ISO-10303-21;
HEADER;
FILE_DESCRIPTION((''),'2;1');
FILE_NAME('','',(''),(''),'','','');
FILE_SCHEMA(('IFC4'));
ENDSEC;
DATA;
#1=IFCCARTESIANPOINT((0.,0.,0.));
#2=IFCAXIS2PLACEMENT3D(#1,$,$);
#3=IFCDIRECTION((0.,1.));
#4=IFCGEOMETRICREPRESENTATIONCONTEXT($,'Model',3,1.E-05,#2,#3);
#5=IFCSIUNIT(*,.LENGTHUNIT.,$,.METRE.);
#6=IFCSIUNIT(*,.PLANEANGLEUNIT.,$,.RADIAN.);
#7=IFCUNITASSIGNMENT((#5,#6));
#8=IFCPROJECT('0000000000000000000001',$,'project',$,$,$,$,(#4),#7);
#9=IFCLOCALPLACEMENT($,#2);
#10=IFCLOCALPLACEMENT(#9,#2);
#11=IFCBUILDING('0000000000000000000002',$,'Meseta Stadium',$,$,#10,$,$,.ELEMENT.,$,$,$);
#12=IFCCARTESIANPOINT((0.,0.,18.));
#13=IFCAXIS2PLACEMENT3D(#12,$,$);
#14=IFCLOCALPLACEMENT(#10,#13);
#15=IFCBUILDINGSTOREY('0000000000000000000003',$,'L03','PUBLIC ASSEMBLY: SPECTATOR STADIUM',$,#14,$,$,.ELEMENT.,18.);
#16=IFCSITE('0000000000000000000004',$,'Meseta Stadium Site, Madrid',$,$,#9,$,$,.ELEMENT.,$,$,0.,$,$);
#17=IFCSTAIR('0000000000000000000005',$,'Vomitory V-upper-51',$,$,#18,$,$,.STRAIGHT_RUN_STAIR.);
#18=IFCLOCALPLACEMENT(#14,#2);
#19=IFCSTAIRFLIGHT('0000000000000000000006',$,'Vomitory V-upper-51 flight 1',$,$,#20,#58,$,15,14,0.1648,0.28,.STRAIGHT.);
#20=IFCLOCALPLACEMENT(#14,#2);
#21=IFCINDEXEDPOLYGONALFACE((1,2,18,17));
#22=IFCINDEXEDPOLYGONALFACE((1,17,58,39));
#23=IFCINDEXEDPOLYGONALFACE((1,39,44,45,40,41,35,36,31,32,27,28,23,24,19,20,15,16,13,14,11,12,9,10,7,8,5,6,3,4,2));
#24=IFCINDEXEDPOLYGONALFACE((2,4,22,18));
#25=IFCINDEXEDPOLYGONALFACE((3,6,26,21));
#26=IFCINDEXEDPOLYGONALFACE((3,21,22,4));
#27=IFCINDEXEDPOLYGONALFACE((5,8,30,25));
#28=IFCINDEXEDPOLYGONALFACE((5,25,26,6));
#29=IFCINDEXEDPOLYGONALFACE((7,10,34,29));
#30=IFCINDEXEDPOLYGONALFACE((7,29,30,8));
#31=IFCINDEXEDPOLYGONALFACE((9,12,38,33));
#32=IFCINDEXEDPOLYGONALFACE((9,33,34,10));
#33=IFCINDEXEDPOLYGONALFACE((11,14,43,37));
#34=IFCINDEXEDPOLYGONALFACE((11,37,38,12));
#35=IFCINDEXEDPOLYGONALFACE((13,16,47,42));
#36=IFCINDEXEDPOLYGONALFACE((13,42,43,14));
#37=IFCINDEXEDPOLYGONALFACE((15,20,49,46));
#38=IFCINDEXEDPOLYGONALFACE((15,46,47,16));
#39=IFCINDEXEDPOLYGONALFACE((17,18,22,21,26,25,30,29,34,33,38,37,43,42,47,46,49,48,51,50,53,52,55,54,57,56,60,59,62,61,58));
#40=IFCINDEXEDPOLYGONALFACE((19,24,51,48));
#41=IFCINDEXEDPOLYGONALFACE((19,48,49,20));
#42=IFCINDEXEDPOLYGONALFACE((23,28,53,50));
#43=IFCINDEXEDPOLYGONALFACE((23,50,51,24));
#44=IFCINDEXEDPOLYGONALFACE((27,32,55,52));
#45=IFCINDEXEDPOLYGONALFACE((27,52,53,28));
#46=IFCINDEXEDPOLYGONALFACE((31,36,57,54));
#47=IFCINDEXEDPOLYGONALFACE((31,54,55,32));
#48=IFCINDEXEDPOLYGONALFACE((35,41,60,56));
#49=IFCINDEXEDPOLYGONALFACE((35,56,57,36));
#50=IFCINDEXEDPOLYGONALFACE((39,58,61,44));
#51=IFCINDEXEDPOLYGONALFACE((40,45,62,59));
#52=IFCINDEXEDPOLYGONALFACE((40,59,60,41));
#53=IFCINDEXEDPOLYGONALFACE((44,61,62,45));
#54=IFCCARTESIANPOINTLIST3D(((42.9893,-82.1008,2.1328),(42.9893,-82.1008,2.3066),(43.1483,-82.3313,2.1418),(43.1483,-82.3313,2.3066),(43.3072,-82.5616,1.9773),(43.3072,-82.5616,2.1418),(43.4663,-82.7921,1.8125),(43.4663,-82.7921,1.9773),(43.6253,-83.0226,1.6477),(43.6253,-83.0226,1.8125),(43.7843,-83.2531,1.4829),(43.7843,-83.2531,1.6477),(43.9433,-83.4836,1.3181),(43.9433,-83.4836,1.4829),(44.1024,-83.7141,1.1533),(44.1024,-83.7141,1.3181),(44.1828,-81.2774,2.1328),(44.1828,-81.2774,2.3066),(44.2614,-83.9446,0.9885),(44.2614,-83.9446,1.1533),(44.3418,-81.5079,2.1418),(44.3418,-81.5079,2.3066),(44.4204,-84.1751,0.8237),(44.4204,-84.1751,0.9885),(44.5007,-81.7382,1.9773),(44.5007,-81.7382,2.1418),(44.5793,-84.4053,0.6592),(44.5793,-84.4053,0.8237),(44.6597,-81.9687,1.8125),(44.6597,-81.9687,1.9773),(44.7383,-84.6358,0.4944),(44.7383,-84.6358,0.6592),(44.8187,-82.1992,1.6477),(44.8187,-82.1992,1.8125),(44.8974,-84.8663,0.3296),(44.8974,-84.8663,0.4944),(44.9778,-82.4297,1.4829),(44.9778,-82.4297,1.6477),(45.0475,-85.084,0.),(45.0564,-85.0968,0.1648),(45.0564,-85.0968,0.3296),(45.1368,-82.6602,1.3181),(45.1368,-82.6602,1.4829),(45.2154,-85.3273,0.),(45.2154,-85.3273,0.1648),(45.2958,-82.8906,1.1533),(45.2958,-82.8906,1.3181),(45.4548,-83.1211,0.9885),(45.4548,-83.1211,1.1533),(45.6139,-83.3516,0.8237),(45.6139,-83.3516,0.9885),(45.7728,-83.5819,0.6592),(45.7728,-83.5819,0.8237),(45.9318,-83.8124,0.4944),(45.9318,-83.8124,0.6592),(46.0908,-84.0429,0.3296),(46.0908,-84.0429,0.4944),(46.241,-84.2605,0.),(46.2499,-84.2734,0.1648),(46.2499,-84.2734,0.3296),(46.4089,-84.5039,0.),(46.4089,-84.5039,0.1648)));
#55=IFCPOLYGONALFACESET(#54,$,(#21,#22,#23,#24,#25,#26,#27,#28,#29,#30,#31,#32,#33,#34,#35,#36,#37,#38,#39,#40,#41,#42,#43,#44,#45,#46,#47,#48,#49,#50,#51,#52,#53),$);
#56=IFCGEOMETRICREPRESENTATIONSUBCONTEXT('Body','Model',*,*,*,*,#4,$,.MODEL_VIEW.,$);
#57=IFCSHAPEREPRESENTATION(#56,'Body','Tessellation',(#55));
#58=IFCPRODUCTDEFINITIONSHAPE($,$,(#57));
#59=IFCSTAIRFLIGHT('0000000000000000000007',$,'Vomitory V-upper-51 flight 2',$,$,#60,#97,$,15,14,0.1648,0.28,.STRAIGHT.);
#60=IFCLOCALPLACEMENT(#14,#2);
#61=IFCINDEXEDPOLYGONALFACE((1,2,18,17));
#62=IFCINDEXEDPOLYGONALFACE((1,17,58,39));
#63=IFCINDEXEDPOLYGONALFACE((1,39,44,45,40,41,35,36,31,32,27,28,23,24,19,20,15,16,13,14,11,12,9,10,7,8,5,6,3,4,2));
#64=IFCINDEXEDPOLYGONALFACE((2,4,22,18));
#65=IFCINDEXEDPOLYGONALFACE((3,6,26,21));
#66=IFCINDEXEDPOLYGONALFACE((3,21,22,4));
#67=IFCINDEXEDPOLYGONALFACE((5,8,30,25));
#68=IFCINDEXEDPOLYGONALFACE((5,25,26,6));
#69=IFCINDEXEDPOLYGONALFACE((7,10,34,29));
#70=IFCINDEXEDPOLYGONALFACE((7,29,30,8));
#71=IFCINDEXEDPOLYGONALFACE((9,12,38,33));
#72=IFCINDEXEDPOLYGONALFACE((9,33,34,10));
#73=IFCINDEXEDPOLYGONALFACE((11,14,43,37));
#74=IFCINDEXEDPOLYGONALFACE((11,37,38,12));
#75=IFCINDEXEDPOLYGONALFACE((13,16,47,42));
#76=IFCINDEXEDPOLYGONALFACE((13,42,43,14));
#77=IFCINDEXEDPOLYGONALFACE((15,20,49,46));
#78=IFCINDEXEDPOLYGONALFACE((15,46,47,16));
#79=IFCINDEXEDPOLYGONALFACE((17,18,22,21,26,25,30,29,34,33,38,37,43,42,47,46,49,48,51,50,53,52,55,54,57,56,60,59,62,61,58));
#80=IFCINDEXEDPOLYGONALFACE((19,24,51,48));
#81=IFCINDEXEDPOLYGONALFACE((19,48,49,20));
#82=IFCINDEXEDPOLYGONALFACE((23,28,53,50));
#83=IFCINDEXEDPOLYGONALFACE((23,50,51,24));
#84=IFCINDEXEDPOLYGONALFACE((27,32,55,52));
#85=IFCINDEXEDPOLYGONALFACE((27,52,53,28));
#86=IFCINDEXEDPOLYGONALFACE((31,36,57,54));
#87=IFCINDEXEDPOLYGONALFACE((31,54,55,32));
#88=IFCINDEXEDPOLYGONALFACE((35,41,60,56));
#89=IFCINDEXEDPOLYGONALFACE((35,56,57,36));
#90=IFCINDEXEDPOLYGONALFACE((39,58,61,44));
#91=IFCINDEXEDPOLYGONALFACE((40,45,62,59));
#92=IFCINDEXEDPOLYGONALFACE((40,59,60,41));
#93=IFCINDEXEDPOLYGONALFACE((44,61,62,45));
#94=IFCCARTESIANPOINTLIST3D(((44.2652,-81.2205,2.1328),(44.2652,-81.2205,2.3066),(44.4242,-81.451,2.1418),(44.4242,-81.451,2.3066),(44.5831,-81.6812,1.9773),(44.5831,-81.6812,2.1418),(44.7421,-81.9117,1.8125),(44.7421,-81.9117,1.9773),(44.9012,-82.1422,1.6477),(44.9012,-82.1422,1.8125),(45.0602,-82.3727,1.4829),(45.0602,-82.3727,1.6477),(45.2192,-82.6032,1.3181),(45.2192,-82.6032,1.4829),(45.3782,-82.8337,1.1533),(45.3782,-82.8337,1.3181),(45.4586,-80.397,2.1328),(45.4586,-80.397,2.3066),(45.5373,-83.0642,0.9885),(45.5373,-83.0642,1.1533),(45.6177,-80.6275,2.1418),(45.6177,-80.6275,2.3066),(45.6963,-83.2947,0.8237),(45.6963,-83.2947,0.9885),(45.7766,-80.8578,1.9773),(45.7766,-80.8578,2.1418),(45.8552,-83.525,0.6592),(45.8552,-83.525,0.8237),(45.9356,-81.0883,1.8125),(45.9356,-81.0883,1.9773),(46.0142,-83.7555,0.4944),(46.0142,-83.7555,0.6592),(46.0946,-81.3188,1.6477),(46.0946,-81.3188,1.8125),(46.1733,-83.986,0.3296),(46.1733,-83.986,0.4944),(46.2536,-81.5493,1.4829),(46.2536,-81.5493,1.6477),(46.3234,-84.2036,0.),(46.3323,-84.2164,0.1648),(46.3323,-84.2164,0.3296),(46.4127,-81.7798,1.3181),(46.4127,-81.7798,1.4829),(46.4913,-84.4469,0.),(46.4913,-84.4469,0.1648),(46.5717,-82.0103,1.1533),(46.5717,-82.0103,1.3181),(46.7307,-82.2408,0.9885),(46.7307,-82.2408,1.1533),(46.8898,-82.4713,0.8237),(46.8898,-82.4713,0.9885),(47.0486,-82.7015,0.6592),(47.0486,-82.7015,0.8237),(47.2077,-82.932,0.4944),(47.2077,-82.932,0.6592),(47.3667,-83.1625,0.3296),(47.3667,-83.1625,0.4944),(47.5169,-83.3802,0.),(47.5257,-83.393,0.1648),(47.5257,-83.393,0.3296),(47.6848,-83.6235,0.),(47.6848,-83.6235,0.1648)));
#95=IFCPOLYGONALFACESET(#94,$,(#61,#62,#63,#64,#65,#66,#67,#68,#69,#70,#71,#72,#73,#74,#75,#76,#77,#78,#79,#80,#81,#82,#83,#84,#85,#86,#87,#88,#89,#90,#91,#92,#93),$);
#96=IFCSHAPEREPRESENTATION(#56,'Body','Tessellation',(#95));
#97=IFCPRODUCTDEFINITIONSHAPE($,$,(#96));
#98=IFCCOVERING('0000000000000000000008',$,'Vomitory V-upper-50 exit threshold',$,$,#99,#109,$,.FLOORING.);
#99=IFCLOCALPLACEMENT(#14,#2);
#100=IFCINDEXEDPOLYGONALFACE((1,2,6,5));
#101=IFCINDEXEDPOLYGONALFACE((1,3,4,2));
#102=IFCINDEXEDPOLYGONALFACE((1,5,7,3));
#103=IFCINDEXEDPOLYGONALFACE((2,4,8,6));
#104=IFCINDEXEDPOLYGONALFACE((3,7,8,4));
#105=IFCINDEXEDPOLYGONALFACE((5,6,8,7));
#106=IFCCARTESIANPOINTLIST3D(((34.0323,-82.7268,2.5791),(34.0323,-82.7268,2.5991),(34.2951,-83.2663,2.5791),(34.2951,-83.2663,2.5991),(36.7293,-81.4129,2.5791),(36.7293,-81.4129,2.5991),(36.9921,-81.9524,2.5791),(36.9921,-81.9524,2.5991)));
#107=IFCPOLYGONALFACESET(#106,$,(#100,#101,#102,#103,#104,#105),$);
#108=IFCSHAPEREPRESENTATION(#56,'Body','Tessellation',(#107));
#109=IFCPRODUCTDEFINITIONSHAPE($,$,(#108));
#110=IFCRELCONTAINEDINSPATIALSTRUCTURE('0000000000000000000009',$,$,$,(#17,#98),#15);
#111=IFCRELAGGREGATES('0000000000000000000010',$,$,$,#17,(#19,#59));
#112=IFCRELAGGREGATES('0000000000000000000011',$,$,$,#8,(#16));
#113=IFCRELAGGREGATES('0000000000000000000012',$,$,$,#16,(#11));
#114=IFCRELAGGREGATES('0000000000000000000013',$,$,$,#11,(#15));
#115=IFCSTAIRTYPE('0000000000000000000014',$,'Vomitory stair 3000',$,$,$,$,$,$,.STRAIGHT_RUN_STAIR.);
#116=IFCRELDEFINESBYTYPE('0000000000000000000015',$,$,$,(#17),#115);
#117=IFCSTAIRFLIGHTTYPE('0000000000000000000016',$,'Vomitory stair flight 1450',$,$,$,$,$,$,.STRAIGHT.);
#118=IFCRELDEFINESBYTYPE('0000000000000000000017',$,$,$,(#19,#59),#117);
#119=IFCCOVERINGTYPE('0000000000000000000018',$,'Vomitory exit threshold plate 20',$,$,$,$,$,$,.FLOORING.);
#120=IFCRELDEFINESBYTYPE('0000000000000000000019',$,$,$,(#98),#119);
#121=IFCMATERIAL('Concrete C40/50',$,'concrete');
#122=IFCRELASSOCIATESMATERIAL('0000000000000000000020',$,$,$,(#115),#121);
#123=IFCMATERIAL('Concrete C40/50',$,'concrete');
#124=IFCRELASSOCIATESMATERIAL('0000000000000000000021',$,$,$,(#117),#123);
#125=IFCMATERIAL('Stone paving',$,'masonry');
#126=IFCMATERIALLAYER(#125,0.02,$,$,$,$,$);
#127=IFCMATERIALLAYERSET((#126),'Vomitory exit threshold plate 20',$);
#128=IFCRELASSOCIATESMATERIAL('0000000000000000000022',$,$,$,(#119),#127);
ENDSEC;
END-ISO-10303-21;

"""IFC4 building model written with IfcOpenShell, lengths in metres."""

from ifc_helpers import new_model, si_unit, direction, frame, origin, origin_2d, place, context, subcontext, project, spatial, polyline, rectangle, outline, extrude, material, layer, layer_set, type_object, element, aggregate, save


model = new_model("IFC4")

# Units and contexts
model_context = context("Model", 3, precision=1e-05, world=origin(), true_north=direction((0.0, 1.0)))
body_context = subcontext(model_context, "Body", "Model", "MODEL_VIEW")
ifc_project = project(units=[si_unit("LENGTHUNIT", "METRE"), si_unit("PLANEANGLEUNIT", "RADIAN")], contexts=[model_context])

# Site, building, storey
site_placement = place(None, origin())
site = spatial("IfcSite", under=ifc_project, at=site_placement, Name="Meseta Stadium Site, Madrid", CompositionType="ELEMENT", RefElevation=0.0)
building_placement = place(site_placement, origin())
building = spatial("IfcBuilding", under=site, at=building_placement, Name="Meseta Stadium", CompositionType="ELEMENT")
storey_placement = place(building_placement, frame((0.0, 0.0, 18.0)))
storey = spatial("IfcBuildingStorey", under=building, at=storey_placement, Name="L03", Description="PUBLIC ASSEMBLY: SPECTATOR STADIUM", CompositionType="ELEMENT", Elevation=18.0)

# Stair, stair flights
ifc_material_1 = material(Name="Concrete C40/50", Category="concrete")
stair_type = type_object("IfcStairType", Name="Vomitory stair 3000", PredefinedType="STRAIGHT_RUN_STAIR", material=ifc_material_1)
ifc_material_2 = material(Name="Concrete C40/50", Category="concrete")
stair_flight_type = type_object("IfcStairFlightType", Name="Vomitory stair flight 1450", PredefinedType="STRAIGHT", material=ifc_material_2)
stair_1_placement = place(storey_placement, origin())
stair_1 = element("IfcStair", 1, at=stair_1_placement, inside=storey, type_object=stair_type, Name="Vomitory V-upper-51", PredefinedType="STRAIGHT_RUN_STAIR")
stair_flight_1_placement = place(storey_placement, frame((45.8123, -84.9155, 0.0), z_axis=(0.0, 0.0, 1.0), x_axis=(-0.5679, 0.823098, 0.0)))
stair_flight_1 = element("IfcStairFlight", 2, at=stair_flight_1_placement, type_object=stair_flight_type, Name="Vomitory V-upper-51 flight 1", NumberOfRisers=15, NumberOfTreads=14, PredefinedType="STRAIGHT", RiserHeight=0.1648, TreadLength=0.28, context=body_context, shape_type="SweptSolid", body=[
    extrude(outline(polyline([(0.0, 0.0), (0.0, 0.1648), (0.28, 0.1648), (0.28, 0.3296), (0.5601, 0.3296), (0.5601, 0.4944), (0.8401, 0.4944), (0.8401, 0.6592), (1.1201, 0.6592), (1.1201, 0.8237), (1.3999, 0.8237), (1.3999, 0.9885), (1.6799, 0.9885), (1.6799, 1.1533), (1.96, 1.1533), (1.96, 1.3181), (2.24, 1.3181), (2.24, 1.4829), (2.52, 1.4829), (2.52, 1.6477), (2.8, 1.6477), (2.8, 1.8125), (3.0801, 1.8125), (3.0801, 1.9773), (3.3601, 1.9773), (3.3601, 2.1418), (3.6399, 2.1418), (3.6399, 2.3066), (3.9199, 2.3066), (3.9199, 2.1328), (0.2957, 0.0), (0.0, 0.0)])), frame((0.0, 0.7251, 0.0), z_axis=(0.0, -1.0, 0.0), x_axis=(1.0, 0.0, 0.0)), (0.0, 0.0, 1.0), 1.45),
])
stair_flight_2_placement = place(storey_placement, frame((47.0881, -84.0352, 0.0), z_axis=(0.0, 0.0, 1.0), x_axis=(-0.5679, 0.823098, 0.0)))
stair_flight_2 = element("IfcStairFlight", 3, at=stair_flight_2_placement, type_object=stair_flight_type, Name="Vomitory V-upper-51 flight 2", NumberOfRisers=15, NumberOfTreads=14, PredefinedType="STRAIGHT", RiserHeight=0.1648, TreadLength=0.28, context=body_context, shape_type="SweptSolid", body=[
    extrude(outline(polyline([(0.0, 0.0), (0.0, 0.1648), (0.28, 0.1648), (0.28, 0.3296), (0.5601, 0.3296), (0.5601, 0.4944), (0.8401, 0.4944), (0.8401, 0.6592), (1.1201, 0.6592), (1.1201, 0.8237), (1.3999, 0.8237), (1.3999, 0.9885), (1.6799, 0.9885), (1.6799, 1.1533), (1.96, 1.1533), (1.96, 1.3181), (2.24, 1.3181), (2.24, 1.4829), (2.52, 1.4829), (2.52, 1.6477), (2.8, 1.6477), (2.8, 1.8125), (3.0801, 1.8125), (3.0801, 1.9773), (3.3601, 1.9773), (3.3601, 2.1418), (3.6399, 2.1418), (3.6399, 2.3066), (3.9199, 2.3066), (3.9199, 2.1328), (0.2957, 0.0), (0.0, 0.0)])), frame((0.0, 0.7251, 0.0), z_axis=(0.0, -1.0, 0.0), x_axis=(1.0, 0.0, 0.0)), (0.0, 0.0, 1.0), 1.45),
])
aggregate(stair_1, [stair_flight_1, stair_flight_2])

# Covering
ifc_material_3 = material(Name="Stone paving", Category="masonry")
ifc_layer_1 = layer(ifc_material_3, 0.02)
ifc_layer_set_1 = layer_set([ifc_layer_1], Name="Vomitory exit threshold plate 20")
covering_type = type_object("IfcCoveringType", Name="Vomitory exit threshold plate 20", PredefinedType="FLOORING", material=ifc_layer_set_1)
covering_placement = place(storey_placement, frame((35.5122, -82.3396, 2.5791), z_axis=(0.0, 0.0, 1.0), x_axis=(-0.437966, 0.898991, 0.0)))
element("IfcCovering", 4, at=covering_placement, inside=storey, type_object=covering_type, Name="Vomitory V-upper-50 exit threshold", PredefinedType="FLOORING", context=body_context, shape_type="SweptSolid", body=[
    extrude(rectangle(XDim=0.6001, YDim=3.0, at=origin_2d()), origin(), (0.0, 0.0, 1.0), 0.02),
])

save(model, "model.ifc")
